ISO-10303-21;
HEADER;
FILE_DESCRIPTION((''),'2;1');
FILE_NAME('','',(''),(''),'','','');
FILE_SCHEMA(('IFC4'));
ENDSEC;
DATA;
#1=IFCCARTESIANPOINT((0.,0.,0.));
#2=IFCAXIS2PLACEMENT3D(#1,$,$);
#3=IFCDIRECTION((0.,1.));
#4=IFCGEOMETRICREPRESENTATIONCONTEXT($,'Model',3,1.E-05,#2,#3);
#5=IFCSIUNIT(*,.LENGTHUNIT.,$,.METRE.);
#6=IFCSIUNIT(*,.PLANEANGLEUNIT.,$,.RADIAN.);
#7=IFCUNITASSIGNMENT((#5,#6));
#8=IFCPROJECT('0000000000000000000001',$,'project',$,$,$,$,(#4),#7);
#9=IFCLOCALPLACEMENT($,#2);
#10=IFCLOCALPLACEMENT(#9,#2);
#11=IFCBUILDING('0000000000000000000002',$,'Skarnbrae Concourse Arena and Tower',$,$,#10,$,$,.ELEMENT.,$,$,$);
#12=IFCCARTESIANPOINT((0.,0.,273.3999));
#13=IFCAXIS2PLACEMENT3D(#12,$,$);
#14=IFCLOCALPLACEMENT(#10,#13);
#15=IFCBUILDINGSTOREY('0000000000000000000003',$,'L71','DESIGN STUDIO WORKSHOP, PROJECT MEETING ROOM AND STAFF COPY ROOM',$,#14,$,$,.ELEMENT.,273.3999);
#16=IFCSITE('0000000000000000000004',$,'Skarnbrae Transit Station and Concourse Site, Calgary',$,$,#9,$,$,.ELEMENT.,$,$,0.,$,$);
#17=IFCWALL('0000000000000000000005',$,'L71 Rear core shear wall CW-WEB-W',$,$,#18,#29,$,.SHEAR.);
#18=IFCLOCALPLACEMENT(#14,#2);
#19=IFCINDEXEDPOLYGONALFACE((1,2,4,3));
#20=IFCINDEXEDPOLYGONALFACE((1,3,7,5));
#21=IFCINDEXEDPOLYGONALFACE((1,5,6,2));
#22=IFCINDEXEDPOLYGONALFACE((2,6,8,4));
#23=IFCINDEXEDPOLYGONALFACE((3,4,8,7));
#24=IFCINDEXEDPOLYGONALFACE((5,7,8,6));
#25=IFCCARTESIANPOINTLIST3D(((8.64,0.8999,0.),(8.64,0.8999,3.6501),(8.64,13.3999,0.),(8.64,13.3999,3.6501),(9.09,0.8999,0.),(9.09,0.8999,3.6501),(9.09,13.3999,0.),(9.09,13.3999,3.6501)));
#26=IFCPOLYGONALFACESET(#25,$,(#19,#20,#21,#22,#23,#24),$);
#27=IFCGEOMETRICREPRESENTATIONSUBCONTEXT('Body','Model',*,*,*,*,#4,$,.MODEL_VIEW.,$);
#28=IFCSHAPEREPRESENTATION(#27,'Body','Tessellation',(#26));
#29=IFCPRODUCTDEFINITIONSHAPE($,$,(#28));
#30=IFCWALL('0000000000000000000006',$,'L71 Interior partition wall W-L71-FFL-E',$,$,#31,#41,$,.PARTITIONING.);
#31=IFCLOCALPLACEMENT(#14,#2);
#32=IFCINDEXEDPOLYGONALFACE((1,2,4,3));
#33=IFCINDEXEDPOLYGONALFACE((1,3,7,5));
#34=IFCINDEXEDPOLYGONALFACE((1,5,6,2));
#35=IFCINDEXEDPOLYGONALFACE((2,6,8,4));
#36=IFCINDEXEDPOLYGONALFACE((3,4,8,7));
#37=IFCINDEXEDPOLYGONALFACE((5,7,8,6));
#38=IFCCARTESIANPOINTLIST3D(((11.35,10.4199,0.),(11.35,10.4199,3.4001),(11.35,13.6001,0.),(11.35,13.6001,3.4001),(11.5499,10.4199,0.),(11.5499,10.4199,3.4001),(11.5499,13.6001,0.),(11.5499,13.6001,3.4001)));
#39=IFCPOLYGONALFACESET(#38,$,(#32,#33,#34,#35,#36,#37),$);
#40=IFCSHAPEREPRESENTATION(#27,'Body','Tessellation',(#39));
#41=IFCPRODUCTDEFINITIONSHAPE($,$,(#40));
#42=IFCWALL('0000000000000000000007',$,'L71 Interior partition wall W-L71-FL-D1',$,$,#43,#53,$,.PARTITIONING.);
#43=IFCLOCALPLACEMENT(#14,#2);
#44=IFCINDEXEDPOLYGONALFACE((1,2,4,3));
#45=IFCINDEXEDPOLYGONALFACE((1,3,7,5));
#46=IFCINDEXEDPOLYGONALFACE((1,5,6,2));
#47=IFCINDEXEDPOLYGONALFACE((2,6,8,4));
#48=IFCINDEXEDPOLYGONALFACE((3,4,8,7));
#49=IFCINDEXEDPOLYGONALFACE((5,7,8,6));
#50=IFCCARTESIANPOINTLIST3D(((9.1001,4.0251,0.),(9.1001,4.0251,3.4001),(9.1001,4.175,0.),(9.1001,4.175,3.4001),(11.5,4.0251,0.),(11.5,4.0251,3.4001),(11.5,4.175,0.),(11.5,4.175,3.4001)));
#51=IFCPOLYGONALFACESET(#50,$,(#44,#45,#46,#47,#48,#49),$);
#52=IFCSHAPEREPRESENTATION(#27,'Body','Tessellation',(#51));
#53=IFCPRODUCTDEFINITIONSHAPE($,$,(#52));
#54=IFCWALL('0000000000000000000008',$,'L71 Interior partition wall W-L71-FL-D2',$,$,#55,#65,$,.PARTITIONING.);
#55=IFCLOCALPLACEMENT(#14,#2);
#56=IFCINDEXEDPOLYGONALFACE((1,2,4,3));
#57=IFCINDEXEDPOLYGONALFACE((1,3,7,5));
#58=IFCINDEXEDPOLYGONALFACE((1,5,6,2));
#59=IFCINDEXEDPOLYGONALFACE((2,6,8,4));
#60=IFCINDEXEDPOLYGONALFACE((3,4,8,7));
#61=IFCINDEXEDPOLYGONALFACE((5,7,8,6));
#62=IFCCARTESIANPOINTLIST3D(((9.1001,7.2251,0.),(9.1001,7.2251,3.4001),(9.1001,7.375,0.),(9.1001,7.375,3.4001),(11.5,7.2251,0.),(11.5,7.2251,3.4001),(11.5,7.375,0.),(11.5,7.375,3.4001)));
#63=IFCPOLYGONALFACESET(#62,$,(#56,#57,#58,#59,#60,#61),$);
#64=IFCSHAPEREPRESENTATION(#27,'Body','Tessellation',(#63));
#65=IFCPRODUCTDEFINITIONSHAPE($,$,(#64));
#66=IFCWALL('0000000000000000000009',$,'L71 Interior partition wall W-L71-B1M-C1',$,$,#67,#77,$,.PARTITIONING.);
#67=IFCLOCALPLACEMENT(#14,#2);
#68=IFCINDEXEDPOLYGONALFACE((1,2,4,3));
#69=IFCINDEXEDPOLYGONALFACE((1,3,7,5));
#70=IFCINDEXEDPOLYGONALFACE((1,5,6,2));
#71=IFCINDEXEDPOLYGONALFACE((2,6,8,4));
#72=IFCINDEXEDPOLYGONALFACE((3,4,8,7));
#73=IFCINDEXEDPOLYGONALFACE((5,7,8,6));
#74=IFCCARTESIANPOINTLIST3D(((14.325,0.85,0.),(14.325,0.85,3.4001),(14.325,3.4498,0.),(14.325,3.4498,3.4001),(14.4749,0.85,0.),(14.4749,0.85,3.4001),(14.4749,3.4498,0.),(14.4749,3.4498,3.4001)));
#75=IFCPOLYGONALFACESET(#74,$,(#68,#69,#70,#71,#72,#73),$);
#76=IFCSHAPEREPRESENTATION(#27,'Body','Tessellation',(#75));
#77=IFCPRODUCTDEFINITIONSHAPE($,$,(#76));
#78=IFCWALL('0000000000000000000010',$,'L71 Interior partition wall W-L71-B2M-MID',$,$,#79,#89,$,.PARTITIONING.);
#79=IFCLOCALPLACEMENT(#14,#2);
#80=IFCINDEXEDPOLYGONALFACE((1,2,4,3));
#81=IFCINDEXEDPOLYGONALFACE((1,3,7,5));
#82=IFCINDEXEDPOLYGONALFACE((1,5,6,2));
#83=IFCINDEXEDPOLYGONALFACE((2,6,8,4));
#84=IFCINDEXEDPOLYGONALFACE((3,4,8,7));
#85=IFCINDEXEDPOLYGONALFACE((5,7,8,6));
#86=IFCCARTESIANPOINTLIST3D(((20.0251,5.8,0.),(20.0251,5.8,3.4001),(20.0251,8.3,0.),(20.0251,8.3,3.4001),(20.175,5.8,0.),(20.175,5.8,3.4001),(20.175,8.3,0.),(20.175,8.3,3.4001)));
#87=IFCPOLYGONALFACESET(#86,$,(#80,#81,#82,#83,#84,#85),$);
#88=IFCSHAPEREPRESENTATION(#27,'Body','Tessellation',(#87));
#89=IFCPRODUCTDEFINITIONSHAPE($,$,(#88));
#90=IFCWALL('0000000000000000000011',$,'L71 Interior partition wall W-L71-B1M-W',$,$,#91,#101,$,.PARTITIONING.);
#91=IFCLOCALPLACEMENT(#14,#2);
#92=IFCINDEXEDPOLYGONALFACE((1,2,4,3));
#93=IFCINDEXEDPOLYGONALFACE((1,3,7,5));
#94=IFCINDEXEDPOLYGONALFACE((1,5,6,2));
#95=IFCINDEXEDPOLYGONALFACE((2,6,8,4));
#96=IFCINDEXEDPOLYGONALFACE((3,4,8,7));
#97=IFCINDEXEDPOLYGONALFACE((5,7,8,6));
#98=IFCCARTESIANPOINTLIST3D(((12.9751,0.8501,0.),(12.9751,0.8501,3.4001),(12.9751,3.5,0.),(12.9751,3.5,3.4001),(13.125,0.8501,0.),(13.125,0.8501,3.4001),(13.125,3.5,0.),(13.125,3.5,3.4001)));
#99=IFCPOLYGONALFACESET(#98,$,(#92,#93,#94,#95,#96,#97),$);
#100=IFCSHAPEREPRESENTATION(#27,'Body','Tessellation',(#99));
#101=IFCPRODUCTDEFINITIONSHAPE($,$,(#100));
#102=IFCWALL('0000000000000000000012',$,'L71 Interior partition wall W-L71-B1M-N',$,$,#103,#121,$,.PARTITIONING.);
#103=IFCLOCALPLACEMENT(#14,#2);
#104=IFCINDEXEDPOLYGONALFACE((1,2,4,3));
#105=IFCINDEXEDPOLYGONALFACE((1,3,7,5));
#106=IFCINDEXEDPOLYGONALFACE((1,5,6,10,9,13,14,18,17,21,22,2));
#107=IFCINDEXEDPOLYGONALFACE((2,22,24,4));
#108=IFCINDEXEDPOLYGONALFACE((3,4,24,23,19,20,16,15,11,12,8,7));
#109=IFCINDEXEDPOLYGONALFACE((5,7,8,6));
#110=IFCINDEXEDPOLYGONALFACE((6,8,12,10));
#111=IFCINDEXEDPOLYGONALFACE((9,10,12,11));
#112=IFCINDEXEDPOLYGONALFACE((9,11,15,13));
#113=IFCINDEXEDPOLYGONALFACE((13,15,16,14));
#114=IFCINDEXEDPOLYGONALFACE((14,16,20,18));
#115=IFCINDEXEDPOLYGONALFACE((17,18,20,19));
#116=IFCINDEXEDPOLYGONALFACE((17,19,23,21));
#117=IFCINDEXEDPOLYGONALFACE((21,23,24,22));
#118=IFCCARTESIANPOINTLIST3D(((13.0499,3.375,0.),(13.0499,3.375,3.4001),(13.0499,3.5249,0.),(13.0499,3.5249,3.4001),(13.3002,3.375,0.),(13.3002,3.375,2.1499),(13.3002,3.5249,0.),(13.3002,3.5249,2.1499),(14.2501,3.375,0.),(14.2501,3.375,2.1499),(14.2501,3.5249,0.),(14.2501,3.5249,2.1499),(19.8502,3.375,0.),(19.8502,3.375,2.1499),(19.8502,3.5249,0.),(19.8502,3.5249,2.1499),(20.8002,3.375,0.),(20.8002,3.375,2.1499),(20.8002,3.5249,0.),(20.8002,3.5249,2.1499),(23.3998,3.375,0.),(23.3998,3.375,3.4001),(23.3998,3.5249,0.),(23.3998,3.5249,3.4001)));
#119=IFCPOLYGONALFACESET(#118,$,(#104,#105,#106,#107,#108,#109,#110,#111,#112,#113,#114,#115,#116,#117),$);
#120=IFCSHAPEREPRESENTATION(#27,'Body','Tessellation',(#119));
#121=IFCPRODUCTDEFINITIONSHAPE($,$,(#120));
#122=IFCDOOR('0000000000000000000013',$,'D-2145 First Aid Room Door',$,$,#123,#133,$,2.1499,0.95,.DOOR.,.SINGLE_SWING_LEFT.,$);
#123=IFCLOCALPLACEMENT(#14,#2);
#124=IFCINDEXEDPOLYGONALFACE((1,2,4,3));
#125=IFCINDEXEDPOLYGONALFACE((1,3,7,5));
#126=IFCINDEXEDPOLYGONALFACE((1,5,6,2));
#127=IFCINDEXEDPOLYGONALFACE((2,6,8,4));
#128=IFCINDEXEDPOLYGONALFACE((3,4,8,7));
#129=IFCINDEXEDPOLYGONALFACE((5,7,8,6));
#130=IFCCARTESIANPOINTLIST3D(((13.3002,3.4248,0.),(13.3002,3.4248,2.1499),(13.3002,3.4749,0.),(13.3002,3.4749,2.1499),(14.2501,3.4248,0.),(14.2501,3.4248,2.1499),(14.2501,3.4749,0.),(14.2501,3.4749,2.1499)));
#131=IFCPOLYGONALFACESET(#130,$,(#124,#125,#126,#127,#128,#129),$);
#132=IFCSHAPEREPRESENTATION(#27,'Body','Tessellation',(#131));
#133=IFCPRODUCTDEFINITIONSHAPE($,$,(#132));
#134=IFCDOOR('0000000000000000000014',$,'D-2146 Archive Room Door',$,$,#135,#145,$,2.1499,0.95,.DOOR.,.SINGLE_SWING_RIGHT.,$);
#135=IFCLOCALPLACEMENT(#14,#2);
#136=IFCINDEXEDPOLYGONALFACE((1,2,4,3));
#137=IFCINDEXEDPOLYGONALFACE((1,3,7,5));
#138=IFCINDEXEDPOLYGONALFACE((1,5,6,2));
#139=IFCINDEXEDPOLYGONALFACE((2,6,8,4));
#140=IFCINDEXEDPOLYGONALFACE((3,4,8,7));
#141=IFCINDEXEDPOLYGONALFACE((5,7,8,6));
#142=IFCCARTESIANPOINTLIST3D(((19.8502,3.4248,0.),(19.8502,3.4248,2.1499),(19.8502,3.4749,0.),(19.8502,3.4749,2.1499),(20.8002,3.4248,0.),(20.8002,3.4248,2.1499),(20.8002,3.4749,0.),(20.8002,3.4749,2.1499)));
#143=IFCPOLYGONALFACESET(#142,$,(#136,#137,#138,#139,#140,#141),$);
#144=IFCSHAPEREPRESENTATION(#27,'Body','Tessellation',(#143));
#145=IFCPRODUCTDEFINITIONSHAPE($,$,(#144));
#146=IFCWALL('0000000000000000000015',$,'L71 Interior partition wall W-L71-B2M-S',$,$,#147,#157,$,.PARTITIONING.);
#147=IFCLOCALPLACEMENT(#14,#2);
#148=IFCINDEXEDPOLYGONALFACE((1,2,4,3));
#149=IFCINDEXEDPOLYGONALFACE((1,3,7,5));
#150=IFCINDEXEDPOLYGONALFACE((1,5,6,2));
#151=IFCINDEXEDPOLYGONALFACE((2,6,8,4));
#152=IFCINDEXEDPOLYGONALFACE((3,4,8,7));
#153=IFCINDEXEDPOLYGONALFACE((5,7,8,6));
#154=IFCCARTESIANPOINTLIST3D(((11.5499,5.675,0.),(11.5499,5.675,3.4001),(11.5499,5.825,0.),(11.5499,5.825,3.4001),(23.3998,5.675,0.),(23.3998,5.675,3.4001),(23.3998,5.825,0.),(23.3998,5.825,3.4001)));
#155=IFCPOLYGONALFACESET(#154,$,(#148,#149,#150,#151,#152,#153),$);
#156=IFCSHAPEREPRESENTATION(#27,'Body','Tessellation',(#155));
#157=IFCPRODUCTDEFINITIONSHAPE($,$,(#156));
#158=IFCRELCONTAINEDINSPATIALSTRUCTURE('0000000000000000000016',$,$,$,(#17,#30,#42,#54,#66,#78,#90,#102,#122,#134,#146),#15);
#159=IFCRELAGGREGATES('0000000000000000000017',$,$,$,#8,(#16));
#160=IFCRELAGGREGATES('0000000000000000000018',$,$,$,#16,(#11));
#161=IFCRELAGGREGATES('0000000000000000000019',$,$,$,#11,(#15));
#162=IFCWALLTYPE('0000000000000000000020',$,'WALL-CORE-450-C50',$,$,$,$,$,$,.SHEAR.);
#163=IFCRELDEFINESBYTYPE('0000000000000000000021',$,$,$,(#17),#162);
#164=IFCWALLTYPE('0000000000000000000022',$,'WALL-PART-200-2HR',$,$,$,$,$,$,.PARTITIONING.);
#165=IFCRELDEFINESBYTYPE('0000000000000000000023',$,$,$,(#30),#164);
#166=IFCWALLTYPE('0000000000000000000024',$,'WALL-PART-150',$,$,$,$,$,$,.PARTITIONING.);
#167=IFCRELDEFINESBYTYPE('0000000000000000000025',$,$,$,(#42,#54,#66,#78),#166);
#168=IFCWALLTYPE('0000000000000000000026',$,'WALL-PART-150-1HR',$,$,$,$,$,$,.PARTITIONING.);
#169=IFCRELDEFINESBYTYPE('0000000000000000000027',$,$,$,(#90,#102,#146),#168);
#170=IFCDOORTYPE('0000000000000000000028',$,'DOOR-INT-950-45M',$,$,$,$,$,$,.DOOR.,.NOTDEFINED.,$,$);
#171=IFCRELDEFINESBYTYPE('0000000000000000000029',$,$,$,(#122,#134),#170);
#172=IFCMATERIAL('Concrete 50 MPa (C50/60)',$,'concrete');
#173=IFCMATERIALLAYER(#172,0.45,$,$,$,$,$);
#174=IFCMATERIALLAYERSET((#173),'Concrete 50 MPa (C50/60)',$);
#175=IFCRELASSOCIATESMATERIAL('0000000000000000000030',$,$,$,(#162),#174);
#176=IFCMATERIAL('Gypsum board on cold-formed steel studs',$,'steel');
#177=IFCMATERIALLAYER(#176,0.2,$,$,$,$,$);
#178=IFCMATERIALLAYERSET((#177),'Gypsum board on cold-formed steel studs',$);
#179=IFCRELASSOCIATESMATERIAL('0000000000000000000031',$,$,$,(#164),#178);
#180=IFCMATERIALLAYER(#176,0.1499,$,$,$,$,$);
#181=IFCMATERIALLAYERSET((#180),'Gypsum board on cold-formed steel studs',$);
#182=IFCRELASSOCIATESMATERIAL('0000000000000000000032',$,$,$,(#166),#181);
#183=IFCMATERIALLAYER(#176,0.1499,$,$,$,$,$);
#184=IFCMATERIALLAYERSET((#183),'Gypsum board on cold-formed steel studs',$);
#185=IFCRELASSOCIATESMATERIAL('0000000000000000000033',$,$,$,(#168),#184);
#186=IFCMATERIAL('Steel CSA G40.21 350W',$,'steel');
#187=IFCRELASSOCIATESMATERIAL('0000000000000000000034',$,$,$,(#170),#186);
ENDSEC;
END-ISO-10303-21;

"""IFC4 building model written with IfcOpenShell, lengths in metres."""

from ifc_helpers import new_model, si_unit, direction, frame, frame_2d, origin, place, context, subcontext, project, spatial, rectangle, extrude, source, transform, mapped, material, layer, layer_set, type_object, element, fill, save


model = new_model("IFC4")

# Units and contexts
model_context = context("Model", 3, precision=1e-05, world=origin(), true_north=direction((0.0, 1.0)))
body_context = subcontext(model_context, "Body", "Model", "MODEL_VIEW")
ifc_project = project(units=[si_unit("LENGTHUNIT", "METRE"), si_unit("PLANEANGLEUNIT", "RADIAN")], contexts=[model_context])

# Site, building, storey
site_placement = place(None, origin())
site = spatial("IfcSite", under=ifc_project, at=site_placement, Name="Skarnbrae Transit Station and Concourse Site, Calgary", CompositionType="ELEMENT", RefElevation=0.0)
building_placement = place(site_placement, origin())
building = spatial("IfcBuilding", under=site, at=building_placement, Name="Skarnbrae Concourse Arena and Tower", CompositionType="ELEMENT")
storey_placement = place(building_placement, frame((0.0, 0.0, 273.3999)))
storey = spatial("IfcBuildingStorey", under=building, at=storey_placement, Name="L71", Description="DESIGN STUDIO WORKSHOP, PROJECT MEETING ROOM AND STAFF COPY ROOM", CompositionType="ELEMENT", Elevation=273.3999)

# Walls
ifc_material_1 = material(Name="Concrete 50 MPa (C50/60)", Category="concrete")
ifc_layer_1 = layer(ifc_material_1, 0.45)
ifc_layer_set_1 = layer_set([ifc_layer_1], Name="Concrete 50 MPa (C50/60)")
wall_type_1 = type_object("IfcWallType", Name="WALL-CORE-450-C50", PredefinedType="SHEAR", material=ifc_layer_set_1)
shared_shape_1 = source(origin(), body_context, "Body", "SweptSolid", [
    extrude(rectangle(XDim=12.5, YDim=0.45, at=frame_2d((6.25, 0.0))), origin(), (0.0, 0.0, 1.0), 3.6501),
])
wall_1_placement = place(storey_placement, frame((8.865, 0.8999, 0.0), z_axis=(0.0, 0.0, 1.0), x_axis=(0.0, 1.0, 0.0)))
element("IfcWall", 1, at=wall_1_placement, inside=storey, type_object=wall_type_1, Name="L71 Rear core shear wall CW-WEB-W", PredefinedType="SHEAR", context=body_context, shape_type="MappedRepresentation", body=[
    mapped(shared_shape_1, transform((0.0, 0.0, 0.0))),
])
ifc_material_2 = material(Name="Gypsum board on cold-formed steel studs", Category="steel")
ifc_layer_2 = layer(ifc_material_2, 0.2)
ifc_layer_set_2 = layer_set([ifc_layer_2], Name="Gypsum board on cold-formed steel studs")
wall_type_2 = type_object("IfcWallType", Name="WALL-PART-200-2HR", PredefinedType="PARTITIONING", material=ifc_layer_set_2)
shared_shape_2 = source(origin(), body_context, "Body", "SweptSolid", [
    extrude(rectangle(XDim=3.1802, YDim=0.2, at=frame_2d((1.5901, 0.0))), origin(), (0.0, 0.0, 1.0), 3.4001),
])
wall_2_placement = place(storey_placement, frame((11.45, 10.4199, 0.0), z_axis=(0.0, 0.0, 1.0), x_axis=(0.0, 1.0, 0.0)))
element("IfcWall", 2, at=wall_2_placement, inside=storey, type_object=wall_type_2, Name="L71 Interior partition wall W-L71-FFL-E", PredefinedType="PARTITIONING", context=body_context, shape_type="MappedRepresentation", body=[
    mapped(shared_shape_2, transform((0.0, 0.0, 0.0))),
])

# Shared definitions
ifc_material_3 = material(Name="Steel CSA G40.21 350W", Category="steel")

# Walls
ifc_layer_3 = layer(ifc_material_2, 0.1499)
ifc_layer_set_3 = layer_set([ifc_layer_3], Name="Gypsum board on cold-formed steel studs")
wall_type_3 = type_object("IfcWallType", Name="WALL-PART-150", PredefinedType="PARTITIONING", material=ifc_layer_set_3)
shared_shape_3 = source(origin(), body_context, "Body", "SweptSolid", [
    extrude(rectangle(XDim=2.3999, YDim=0.1499, at=frame_2d((1.2, 0.0))), origin(), (0.0, 0.0, 1.0), 3.4001),
])
for number, where, z_axis, x_axis, name in (
    (3, (9.1001, 4.1001, 0.0), (0.0, 0.0, 1.0), (1.0, 0.0, 0.0), "L71 Interior partition wall W-L71-FL-D1"),
    (4, (9.1001, 7.3, 0.0), (0.0, 0.0, 1.0), (1.0, 0.0, 0.0), "L71 Interior partition wall W-L71-FL-D2"),
):
    element("IfcWall", number, at=place(storey_placement, frame(where, z_axis=z_axis, x_axis=x_axis)), inside=storey, type_object=wall_type_3, Name=name, PredefinedType="PARTITIONING", context=body_context, shape_type="MappedRepresentation", body=[
        mapped(shared_shape_3, transform((0.0, 0.0, 0.0))),
    ])
shared_shape_4 = source(origin(), body_context, "Body", "SweptSolid", [
    extrude(rectangle(XDim=2.5999, YDim=0.1499, at=frame_2d((1.2998, 0.0))), origin(), (0.0, 0.0, 1.0), 3.4001),
])
wall_3_placement = place(storey_placement, frame((14.3999, 0.8501, 0.0), z_axis=(0.0, 0.0, 1.0), x_axis=(0.0, 1.0, 0.0)))
element("IfcWall", 5, at=wall_3_placement, inside=storey, type_object=wall_type_3, Name="L71 Interior partition wall W-L71-B1M-C1", PredefinedType="PARTITIONING", context=body_context, shape_type="MappedRepresentation", body=[
    mapped(shared_shape_4, transform((0.0, 0.0, 0.0))),
])
shared_shape_5 = source(origin(), body_context, "Body", "SweptSolid", [
    extrude(rectangle(XDim=2.5, YDim=0.1499, at=frame_2d((1.25, 0.0))), origin(), (0.0, 0.0, 1.0), 3.4001),
])
wall_4_placement = place(storey_placement, frame((20.1001, 5.8, 0.0), z_axis=(0.0, 0.0, 1.0), x_axis=(0.0, 1.0, 0.0)))
element("IfcWall", 6, at=wall_4_placement, inside=storey, type_object=wall_type_3, Name="L71 Interior partition wall W-L71-B2M-MID", PredefinedType="PARTITIONING", context=body_context, shape_type="MappedRepresentation", body=[
    mapped(shared_shape_5, transform((0.0, 0.0, 0.0))),
])
ifc_layer_4 = layer(ifc_material_2, 0.1499)
ifc_layer_set_4 = layer_set([ifc_layer_4], Name="Gypsum board on cold-formed steel studs")
wall_type_4 = type_object("IfcWallType", Name="WALL-PART-150-1HR", PredefinedType="PARTITIONING", material=ifc_layer_set_4)
shared_shape_6 = source(origin(), body_context, "Body", "SweptSolid", [
    extrude(rectangle(XDim=2.6499, YDim=0.1499, at=frame_2d((1.325, 0.0))), origin(), (0.0, 0.0, 1.0), 3.4001),
])
wall_5_placement = place(storey_placement, frame((13.05, 0.8501, 0.0), z_axis=(0.0, 0.0, 1.0), x_axis=(0.0, 1.0, 0.0)))
element("IfcWall", 7, at=wall_5_placement, inside=storey, type_object=wall_type_4, Name="L71 Interior partition wall W-L71-B1M-W", PredefinedType="PARTITIONING", context=body_context, shape_type="MappedRepresentation", body=[
    mapped(shared_shape_6, transform((0.0, 0.0, 0.0))),
])

# Wall, openings, doors
shared_shape_7 = source(origin(), body_context, "Body", "SweptSolid", [
    extrude(rectangle(XDim=10.3499, YDim=0.1499, at=frame_2d((5.1748, 0.0))), origin(), (0.0, 0.0, 1.0), 3.4001),
])
wall_6_placement = place(storey_placement, frame((13.05, 3.45, 0.0), z_axis=(0.0, 0.0, 1.0), x_axis=(1.0, 0.0, 0.0)))
wall_6 = element("IfcWall", 8, at=wall_6_placement, inside=storey, type_object=wall_type_4, Name="L71 Interior partition wall W-L71-B1M-N", PredefinedType="PARTITIONING", context=body_context, shape_type="MappedRepresentation", body=[
    mapped(shared_shape_7, transform((0.0, 0.0, 0.0))),
])
opening_1_placement = place(wall_6_placement, frame((0.25, 0.0, 0.0)))
opening_1 = element("IfcOpeningElement", 9, at=opening_1_placement, cuts=wall_6, PredefinedType="OPENING", context=body_context, shape_type="SweptSolid", body=[
    extrude(rectangle(XDim=0.95, YDim=2.1499, at=frame_2d((0.4751, 1.075))), frame((0.0, 0.085, 0.0), z_axis=(0.0, -1.0, 0.0), x_axis=(1.0, 0.0, 0.0)), (0.0, 0.0, 1.0), 0.1699),
])
opening_2_placement = place(wall_6_placement, frame((6.8, 0.0, 0.0)))
opening_2 = element("IfcOpeningElement", 10, at=opening_2_placement, cuts=wall_6, PredefinedType="OPENING", context=body_context, shape_type="SweptSolid", body=[
    extrude(rectangle(XDim=0.95, YDim=2.1499, at=frame_2d((0.4751, 1.075))), frame((0.0, 0.085, 0.0), z_axis=(0.0, -1.0, 0.0), x_axis=(1.0, 0.0, 0.0)), (0.0, 0.0, 1.0), 0.1699),
])
door_type_1 = type_object("IfcDoorType", Name="DOOR-INT-950-45M", OperationType="NOTDEFINED", PredefinedType="DOOR", material=ifc_material_3)
shared_shape_8 = source(origin(), body_context, "Body", "SweptSolid", [
    extrude(rectangle(XDim=0.95, YDim=2.1499, at=frame_2d((0.4751, 1.075))), frame((0.0, 0.0249, 0.0), z_axis=(0.0, -1.0, 0.0), x_axis=(1.0, 0.0, 0.0)), (0.0, 0.0, 1.0), 0.05),
])
door_1_placement = place(opening_1_placement, origin())
door_1 = element("IfcDoor", 11, at=door_1_placement, inside=storey, type_object=door_type_1, Name="D-2145 First Aid Room Door", OperationType="SINGLE_SWING_LEFT", OverallHeight=2.1499, OverallWidth=0.95, PredefinedType="DOOR", context=body_context, shape_type="MappedRepresentation", body=[
    mapped(shared_shape_8, transform((0.0, 0.0, 0.0))),
])
fill(opening_1, door_1)
door_2_placement = place(opening_2_placement, origin())
door_2 = element("IfcDoor", 12, at=door_2_placement, inside=storey, type_object=door_type_1, Name="D-2146 Archive Room Door", OperationType="SINGLE_SWING_RIGHT", OverallHeight=2.1499, OverallWidth=0.95, PredefinedType="DOOR", context=body_context, shape_type="MappedRepresentation", body=[
    mapped(shared_shape_8, transform((0.0, 0.0, 0.0))),
])
fill(opening_2, door_2)

# Wall
shared_shape_9 = source(origin(), body_context, "Body", "SweptSolid", [
    extrude(rectangle(XDim=11.8499, YDim=0.1499, at=frame_2d((5.9248, 0.0))), origin(), (0.0, 0.0, 1.0), 3.4001),
])
wall_7_placement = place(storey_placement, frame((11.55, 5.75, 0.0), z_axis=(0.0, 0.0, 1.0), x_axis=(1.0, 0.0, 0.0)))
element("IfcWall", 13, at=wall_7_placement, inside=storey, type_object=wall_type_4, Name="L71 Interior partition wall W-L71-B2M-S", PredefinedType="PARTITIONING", context=body_context, shape_type="MappedRepresentation", body=[
    mapped(shared_shape_9, transform((0.0, 0.0, 0.0))),
])

save(model, "model.ifc")
